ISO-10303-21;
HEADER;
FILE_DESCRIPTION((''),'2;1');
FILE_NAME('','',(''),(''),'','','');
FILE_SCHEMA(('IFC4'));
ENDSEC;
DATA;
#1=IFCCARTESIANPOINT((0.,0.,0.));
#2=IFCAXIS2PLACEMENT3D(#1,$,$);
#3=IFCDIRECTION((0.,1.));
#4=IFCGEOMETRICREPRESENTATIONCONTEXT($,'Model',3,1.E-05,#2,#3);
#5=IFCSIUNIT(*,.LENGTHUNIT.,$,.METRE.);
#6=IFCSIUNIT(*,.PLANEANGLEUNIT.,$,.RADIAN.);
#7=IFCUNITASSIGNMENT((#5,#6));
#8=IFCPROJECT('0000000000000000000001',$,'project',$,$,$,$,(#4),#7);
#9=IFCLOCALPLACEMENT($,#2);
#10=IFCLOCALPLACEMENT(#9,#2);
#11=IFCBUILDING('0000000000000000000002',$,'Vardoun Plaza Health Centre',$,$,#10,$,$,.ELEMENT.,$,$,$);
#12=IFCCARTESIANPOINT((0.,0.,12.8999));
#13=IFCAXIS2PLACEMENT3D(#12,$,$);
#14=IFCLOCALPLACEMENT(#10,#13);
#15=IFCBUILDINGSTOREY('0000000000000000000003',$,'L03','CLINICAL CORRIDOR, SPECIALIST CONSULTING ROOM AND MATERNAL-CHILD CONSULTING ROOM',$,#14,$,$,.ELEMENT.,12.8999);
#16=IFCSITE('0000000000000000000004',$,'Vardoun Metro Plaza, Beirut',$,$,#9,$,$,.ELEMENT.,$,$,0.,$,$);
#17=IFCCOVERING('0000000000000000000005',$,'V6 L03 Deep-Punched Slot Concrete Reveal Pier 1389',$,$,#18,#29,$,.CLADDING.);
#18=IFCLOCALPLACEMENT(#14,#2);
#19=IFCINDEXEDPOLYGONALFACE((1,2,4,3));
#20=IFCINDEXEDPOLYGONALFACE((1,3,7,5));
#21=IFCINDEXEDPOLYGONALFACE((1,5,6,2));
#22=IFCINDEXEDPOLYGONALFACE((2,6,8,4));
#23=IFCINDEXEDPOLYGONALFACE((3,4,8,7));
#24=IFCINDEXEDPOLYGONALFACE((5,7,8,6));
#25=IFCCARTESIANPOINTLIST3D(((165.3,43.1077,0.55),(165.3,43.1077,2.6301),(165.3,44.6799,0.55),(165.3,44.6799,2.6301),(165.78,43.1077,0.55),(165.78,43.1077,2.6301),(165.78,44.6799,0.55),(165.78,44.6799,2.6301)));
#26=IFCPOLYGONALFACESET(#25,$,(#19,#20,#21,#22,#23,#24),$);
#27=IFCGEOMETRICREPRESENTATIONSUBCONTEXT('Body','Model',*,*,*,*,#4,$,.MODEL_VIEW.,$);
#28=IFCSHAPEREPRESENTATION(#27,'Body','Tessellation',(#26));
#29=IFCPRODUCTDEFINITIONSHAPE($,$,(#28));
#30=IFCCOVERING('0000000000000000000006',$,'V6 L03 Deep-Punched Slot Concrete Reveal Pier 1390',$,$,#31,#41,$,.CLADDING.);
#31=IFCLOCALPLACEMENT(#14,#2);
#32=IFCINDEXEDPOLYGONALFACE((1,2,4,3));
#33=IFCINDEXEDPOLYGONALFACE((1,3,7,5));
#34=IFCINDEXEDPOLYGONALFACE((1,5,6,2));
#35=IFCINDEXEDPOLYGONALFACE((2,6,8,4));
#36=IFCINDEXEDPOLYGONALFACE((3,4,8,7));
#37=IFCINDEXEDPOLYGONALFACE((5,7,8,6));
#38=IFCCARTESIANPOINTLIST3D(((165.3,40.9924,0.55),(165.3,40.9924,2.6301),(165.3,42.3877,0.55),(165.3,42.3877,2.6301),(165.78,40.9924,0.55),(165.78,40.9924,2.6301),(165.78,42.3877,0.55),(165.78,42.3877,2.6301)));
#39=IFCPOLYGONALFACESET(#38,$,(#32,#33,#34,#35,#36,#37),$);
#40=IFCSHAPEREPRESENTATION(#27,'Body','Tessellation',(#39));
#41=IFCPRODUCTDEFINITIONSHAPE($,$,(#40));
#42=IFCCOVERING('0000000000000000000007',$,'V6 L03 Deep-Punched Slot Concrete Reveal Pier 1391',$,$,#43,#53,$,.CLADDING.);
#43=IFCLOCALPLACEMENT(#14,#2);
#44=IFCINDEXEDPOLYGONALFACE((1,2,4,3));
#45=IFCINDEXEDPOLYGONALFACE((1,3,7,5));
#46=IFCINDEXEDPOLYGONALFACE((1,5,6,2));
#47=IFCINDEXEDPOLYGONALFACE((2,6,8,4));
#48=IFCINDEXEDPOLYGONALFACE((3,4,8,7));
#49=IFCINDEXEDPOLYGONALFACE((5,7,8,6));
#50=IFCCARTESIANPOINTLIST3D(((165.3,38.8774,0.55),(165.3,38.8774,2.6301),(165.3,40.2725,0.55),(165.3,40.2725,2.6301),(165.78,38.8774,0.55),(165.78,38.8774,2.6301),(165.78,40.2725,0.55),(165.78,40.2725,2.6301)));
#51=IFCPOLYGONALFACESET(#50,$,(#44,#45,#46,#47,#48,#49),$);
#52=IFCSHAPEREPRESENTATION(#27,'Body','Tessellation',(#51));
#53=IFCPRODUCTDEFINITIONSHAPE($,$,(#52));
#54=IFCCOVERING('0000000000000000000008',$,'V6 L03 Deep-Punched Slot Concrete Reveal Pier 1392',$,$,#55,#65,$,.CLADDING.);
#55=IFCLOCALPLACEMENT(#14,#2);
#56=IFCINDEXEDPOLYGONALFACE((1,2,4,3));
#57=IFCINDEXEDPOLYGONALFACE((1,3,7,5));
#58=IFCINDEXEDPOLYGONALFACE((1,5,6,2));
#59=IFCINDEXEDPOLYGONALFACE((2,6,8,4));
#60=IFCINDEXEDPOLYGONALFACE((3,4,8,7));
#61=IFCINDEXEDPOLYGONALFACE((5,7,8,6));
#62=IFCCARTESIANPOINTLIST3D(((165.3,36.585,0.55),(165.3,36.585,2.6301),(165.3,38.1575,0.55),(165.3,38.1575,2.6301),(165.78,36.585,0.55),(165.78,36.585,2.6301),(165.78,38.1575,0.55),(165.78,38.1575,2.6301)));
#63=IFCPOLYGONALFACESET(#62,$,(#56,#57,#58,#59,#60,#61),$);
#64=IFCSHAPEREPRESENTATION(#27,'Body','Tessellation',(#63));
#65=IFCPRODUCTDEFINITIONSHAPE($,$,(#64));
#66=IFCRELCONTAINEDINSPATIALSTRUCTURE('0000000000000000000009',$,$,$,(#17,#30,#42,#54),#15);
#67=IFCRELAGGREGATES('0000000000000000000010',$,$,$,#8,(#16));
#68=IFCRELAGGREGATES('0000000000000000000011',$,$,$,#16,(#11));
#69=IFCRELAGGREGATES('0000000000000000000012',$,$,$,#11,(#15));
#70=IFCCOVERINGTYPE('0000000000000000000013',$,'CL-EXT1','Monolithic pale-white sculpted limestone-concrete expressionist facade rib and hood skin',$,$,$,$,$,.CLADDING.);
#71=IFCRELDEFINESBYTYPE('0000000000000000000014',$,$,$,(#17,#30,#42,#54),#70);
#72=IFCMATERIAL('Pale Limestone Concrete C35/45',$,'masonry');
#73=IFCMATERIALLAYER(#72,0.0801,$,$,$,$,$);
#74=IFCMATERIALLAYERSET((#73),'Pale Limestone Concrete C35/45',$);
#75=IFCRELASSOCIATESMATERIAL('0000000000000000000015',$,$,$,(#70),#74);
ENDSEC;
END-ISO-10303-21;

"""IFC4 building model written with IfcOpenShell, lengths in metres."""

from ifc_helpers import new_model, si_unit, direction, frame, origin, place, context, subcontext, project, spatial, polyline, outline, extrude, material, layer, layer_set, type_object, element, save


model = new_model("IFC4")

# Units and contexts
model_context = context("Model", 3, precision=1e-05, world=origin(), true_north=direction((0.0, 1.0)))
body_context = subcontext(model_context, "Body", "Model", "MODEL_VIEW")
ifc_project = project(units=[si_unit("LENGTHUNIT", "METRE"), si_unit("PLANEANGLEUNIT", "RADIAN")], contexts=[model_context])

# Site, building, storey
site_placement = place(None, origin())
site = spatial("IfcSite", under=ifc_project, at=site_placement, Name="Vardoun Metro Plaza, Beirut", CompositionType="ELEMENT", RefElevation=0.0)
building_placement = place(site_placement, origin())
building = spatial("IfcBuilding", under=site, at=building_placement, Name="Vardoun Plaza Health Centre", CompositionType="ELEMENT")
storey_placement = place(building_placement, frame((0.0, 0.0, 12.8999)))
storey = spatial("IfcBuildingStorey", under=building, at=storey_placement, Name="L03", Description="CLINICAL CORRIDOR, SPECIALIST CONSULTING ROOM AND MATERNAL-CHILD CONSULTING ROOM", CompositionType="ELEMENT", Elevation=12.8999)

# Coverings
ifc_material = material(Name="Pale Limestone Concrete C35/45", Category="masonry")
ifc_layer = layer(ifc_material, 0.0801)
ifc_layer_set = layer_set([ifc_layer], Name="Pale Limestone Concrete C35/45")
covering_type = type_object("IfcCoveringType", Name="CL-EXT1", Description="Monolithic pale-white sculpted limestone-concrete expressionist facade rib and hood skin", PredefinedType="CLADDING", material=ifc_layer_set)
covering_1_placement = place(storey_placement, frame((0.0, 0.0, 0.55)))
element("IfcCovering", 1, at=covering_1_placement, inside=storey, type_object=covering_type, Name="V6 L03 Deep-Punched Slot Concrete Reveal Pier 1389", PredefinedType="CLADDING", context=body_context, shape_type="SweptSolid", body=[
    extrude(outline(polyline([(165.3, 44.6799), (165.3, 43.1077), (165.78, 43.1077), (165.78, 44.6799), (165.3, 44.6799)])), origin(), (0.0, 0.0, 1.0), 2.0801),
])
covering_2_placement = place(storey_placement, frame((0.0, 0.0, 0.55)))
element("IfcCovering", 2, at=covering_2_placement, inside=storey, type_object=covering_type, Name="V6 L03 Deep-Punched Slot Concrete Reveal Pier 1390", PredefinedType="CLADDING", context=body_context, shape_type="SweptSolid", body=[
    extrude(outline(polyline([(165.3, 42.3877), (165.3, 40.9924), (165.78, 40.9924), (165.78, 42.3877), (165.3, 42.3877)])), origin(), (0.0, 0.0, 1.0), 2.0801),
])
covering_3_placement = place(storey_placement, frame((0.0, 0.0, 0.55)))
element("IfcCovering", 3, at=covering_3_placement, inside=storey, type_object=covering_type, Name="V6 L03 Deep-Punched Slot Concrete Reveal Pier 1391", PredefinedType="CLADDING", context=body_context, shape_type="SweptSolid", body=[
    extrude(outline(polyline([(165.3, 40.2725), (165.3, 38.8774), (165.78, 38.8774), (165.78, 40.2725), (165.3, 40.2725)])), origin(), (0.0, 0.0, 1.0), 2.0801),
])
covering_4_placement = place(storey_placement, frame((0.0, 0.0, 0.55)))
element("IfcCovering", 4, at=covering_4_placement, inside=storey, type_object=covering_type, Name="V6 L03 Deep-Punched Slot Concrete Reveal Pier 1392", PredefinedType="CLADDING", context=body_context, shape_type="SweptSolid", body=[
    extrude(outline(polyline([(165.3, 38.1575), (165.3, 36.585), (165.78, 36.585), (165.78, 38.1575), (165.3, 38.1575)])), origin(), (0.0, 0.0, 1.0), 2.0801),
])

save(model, "model.ifc")
